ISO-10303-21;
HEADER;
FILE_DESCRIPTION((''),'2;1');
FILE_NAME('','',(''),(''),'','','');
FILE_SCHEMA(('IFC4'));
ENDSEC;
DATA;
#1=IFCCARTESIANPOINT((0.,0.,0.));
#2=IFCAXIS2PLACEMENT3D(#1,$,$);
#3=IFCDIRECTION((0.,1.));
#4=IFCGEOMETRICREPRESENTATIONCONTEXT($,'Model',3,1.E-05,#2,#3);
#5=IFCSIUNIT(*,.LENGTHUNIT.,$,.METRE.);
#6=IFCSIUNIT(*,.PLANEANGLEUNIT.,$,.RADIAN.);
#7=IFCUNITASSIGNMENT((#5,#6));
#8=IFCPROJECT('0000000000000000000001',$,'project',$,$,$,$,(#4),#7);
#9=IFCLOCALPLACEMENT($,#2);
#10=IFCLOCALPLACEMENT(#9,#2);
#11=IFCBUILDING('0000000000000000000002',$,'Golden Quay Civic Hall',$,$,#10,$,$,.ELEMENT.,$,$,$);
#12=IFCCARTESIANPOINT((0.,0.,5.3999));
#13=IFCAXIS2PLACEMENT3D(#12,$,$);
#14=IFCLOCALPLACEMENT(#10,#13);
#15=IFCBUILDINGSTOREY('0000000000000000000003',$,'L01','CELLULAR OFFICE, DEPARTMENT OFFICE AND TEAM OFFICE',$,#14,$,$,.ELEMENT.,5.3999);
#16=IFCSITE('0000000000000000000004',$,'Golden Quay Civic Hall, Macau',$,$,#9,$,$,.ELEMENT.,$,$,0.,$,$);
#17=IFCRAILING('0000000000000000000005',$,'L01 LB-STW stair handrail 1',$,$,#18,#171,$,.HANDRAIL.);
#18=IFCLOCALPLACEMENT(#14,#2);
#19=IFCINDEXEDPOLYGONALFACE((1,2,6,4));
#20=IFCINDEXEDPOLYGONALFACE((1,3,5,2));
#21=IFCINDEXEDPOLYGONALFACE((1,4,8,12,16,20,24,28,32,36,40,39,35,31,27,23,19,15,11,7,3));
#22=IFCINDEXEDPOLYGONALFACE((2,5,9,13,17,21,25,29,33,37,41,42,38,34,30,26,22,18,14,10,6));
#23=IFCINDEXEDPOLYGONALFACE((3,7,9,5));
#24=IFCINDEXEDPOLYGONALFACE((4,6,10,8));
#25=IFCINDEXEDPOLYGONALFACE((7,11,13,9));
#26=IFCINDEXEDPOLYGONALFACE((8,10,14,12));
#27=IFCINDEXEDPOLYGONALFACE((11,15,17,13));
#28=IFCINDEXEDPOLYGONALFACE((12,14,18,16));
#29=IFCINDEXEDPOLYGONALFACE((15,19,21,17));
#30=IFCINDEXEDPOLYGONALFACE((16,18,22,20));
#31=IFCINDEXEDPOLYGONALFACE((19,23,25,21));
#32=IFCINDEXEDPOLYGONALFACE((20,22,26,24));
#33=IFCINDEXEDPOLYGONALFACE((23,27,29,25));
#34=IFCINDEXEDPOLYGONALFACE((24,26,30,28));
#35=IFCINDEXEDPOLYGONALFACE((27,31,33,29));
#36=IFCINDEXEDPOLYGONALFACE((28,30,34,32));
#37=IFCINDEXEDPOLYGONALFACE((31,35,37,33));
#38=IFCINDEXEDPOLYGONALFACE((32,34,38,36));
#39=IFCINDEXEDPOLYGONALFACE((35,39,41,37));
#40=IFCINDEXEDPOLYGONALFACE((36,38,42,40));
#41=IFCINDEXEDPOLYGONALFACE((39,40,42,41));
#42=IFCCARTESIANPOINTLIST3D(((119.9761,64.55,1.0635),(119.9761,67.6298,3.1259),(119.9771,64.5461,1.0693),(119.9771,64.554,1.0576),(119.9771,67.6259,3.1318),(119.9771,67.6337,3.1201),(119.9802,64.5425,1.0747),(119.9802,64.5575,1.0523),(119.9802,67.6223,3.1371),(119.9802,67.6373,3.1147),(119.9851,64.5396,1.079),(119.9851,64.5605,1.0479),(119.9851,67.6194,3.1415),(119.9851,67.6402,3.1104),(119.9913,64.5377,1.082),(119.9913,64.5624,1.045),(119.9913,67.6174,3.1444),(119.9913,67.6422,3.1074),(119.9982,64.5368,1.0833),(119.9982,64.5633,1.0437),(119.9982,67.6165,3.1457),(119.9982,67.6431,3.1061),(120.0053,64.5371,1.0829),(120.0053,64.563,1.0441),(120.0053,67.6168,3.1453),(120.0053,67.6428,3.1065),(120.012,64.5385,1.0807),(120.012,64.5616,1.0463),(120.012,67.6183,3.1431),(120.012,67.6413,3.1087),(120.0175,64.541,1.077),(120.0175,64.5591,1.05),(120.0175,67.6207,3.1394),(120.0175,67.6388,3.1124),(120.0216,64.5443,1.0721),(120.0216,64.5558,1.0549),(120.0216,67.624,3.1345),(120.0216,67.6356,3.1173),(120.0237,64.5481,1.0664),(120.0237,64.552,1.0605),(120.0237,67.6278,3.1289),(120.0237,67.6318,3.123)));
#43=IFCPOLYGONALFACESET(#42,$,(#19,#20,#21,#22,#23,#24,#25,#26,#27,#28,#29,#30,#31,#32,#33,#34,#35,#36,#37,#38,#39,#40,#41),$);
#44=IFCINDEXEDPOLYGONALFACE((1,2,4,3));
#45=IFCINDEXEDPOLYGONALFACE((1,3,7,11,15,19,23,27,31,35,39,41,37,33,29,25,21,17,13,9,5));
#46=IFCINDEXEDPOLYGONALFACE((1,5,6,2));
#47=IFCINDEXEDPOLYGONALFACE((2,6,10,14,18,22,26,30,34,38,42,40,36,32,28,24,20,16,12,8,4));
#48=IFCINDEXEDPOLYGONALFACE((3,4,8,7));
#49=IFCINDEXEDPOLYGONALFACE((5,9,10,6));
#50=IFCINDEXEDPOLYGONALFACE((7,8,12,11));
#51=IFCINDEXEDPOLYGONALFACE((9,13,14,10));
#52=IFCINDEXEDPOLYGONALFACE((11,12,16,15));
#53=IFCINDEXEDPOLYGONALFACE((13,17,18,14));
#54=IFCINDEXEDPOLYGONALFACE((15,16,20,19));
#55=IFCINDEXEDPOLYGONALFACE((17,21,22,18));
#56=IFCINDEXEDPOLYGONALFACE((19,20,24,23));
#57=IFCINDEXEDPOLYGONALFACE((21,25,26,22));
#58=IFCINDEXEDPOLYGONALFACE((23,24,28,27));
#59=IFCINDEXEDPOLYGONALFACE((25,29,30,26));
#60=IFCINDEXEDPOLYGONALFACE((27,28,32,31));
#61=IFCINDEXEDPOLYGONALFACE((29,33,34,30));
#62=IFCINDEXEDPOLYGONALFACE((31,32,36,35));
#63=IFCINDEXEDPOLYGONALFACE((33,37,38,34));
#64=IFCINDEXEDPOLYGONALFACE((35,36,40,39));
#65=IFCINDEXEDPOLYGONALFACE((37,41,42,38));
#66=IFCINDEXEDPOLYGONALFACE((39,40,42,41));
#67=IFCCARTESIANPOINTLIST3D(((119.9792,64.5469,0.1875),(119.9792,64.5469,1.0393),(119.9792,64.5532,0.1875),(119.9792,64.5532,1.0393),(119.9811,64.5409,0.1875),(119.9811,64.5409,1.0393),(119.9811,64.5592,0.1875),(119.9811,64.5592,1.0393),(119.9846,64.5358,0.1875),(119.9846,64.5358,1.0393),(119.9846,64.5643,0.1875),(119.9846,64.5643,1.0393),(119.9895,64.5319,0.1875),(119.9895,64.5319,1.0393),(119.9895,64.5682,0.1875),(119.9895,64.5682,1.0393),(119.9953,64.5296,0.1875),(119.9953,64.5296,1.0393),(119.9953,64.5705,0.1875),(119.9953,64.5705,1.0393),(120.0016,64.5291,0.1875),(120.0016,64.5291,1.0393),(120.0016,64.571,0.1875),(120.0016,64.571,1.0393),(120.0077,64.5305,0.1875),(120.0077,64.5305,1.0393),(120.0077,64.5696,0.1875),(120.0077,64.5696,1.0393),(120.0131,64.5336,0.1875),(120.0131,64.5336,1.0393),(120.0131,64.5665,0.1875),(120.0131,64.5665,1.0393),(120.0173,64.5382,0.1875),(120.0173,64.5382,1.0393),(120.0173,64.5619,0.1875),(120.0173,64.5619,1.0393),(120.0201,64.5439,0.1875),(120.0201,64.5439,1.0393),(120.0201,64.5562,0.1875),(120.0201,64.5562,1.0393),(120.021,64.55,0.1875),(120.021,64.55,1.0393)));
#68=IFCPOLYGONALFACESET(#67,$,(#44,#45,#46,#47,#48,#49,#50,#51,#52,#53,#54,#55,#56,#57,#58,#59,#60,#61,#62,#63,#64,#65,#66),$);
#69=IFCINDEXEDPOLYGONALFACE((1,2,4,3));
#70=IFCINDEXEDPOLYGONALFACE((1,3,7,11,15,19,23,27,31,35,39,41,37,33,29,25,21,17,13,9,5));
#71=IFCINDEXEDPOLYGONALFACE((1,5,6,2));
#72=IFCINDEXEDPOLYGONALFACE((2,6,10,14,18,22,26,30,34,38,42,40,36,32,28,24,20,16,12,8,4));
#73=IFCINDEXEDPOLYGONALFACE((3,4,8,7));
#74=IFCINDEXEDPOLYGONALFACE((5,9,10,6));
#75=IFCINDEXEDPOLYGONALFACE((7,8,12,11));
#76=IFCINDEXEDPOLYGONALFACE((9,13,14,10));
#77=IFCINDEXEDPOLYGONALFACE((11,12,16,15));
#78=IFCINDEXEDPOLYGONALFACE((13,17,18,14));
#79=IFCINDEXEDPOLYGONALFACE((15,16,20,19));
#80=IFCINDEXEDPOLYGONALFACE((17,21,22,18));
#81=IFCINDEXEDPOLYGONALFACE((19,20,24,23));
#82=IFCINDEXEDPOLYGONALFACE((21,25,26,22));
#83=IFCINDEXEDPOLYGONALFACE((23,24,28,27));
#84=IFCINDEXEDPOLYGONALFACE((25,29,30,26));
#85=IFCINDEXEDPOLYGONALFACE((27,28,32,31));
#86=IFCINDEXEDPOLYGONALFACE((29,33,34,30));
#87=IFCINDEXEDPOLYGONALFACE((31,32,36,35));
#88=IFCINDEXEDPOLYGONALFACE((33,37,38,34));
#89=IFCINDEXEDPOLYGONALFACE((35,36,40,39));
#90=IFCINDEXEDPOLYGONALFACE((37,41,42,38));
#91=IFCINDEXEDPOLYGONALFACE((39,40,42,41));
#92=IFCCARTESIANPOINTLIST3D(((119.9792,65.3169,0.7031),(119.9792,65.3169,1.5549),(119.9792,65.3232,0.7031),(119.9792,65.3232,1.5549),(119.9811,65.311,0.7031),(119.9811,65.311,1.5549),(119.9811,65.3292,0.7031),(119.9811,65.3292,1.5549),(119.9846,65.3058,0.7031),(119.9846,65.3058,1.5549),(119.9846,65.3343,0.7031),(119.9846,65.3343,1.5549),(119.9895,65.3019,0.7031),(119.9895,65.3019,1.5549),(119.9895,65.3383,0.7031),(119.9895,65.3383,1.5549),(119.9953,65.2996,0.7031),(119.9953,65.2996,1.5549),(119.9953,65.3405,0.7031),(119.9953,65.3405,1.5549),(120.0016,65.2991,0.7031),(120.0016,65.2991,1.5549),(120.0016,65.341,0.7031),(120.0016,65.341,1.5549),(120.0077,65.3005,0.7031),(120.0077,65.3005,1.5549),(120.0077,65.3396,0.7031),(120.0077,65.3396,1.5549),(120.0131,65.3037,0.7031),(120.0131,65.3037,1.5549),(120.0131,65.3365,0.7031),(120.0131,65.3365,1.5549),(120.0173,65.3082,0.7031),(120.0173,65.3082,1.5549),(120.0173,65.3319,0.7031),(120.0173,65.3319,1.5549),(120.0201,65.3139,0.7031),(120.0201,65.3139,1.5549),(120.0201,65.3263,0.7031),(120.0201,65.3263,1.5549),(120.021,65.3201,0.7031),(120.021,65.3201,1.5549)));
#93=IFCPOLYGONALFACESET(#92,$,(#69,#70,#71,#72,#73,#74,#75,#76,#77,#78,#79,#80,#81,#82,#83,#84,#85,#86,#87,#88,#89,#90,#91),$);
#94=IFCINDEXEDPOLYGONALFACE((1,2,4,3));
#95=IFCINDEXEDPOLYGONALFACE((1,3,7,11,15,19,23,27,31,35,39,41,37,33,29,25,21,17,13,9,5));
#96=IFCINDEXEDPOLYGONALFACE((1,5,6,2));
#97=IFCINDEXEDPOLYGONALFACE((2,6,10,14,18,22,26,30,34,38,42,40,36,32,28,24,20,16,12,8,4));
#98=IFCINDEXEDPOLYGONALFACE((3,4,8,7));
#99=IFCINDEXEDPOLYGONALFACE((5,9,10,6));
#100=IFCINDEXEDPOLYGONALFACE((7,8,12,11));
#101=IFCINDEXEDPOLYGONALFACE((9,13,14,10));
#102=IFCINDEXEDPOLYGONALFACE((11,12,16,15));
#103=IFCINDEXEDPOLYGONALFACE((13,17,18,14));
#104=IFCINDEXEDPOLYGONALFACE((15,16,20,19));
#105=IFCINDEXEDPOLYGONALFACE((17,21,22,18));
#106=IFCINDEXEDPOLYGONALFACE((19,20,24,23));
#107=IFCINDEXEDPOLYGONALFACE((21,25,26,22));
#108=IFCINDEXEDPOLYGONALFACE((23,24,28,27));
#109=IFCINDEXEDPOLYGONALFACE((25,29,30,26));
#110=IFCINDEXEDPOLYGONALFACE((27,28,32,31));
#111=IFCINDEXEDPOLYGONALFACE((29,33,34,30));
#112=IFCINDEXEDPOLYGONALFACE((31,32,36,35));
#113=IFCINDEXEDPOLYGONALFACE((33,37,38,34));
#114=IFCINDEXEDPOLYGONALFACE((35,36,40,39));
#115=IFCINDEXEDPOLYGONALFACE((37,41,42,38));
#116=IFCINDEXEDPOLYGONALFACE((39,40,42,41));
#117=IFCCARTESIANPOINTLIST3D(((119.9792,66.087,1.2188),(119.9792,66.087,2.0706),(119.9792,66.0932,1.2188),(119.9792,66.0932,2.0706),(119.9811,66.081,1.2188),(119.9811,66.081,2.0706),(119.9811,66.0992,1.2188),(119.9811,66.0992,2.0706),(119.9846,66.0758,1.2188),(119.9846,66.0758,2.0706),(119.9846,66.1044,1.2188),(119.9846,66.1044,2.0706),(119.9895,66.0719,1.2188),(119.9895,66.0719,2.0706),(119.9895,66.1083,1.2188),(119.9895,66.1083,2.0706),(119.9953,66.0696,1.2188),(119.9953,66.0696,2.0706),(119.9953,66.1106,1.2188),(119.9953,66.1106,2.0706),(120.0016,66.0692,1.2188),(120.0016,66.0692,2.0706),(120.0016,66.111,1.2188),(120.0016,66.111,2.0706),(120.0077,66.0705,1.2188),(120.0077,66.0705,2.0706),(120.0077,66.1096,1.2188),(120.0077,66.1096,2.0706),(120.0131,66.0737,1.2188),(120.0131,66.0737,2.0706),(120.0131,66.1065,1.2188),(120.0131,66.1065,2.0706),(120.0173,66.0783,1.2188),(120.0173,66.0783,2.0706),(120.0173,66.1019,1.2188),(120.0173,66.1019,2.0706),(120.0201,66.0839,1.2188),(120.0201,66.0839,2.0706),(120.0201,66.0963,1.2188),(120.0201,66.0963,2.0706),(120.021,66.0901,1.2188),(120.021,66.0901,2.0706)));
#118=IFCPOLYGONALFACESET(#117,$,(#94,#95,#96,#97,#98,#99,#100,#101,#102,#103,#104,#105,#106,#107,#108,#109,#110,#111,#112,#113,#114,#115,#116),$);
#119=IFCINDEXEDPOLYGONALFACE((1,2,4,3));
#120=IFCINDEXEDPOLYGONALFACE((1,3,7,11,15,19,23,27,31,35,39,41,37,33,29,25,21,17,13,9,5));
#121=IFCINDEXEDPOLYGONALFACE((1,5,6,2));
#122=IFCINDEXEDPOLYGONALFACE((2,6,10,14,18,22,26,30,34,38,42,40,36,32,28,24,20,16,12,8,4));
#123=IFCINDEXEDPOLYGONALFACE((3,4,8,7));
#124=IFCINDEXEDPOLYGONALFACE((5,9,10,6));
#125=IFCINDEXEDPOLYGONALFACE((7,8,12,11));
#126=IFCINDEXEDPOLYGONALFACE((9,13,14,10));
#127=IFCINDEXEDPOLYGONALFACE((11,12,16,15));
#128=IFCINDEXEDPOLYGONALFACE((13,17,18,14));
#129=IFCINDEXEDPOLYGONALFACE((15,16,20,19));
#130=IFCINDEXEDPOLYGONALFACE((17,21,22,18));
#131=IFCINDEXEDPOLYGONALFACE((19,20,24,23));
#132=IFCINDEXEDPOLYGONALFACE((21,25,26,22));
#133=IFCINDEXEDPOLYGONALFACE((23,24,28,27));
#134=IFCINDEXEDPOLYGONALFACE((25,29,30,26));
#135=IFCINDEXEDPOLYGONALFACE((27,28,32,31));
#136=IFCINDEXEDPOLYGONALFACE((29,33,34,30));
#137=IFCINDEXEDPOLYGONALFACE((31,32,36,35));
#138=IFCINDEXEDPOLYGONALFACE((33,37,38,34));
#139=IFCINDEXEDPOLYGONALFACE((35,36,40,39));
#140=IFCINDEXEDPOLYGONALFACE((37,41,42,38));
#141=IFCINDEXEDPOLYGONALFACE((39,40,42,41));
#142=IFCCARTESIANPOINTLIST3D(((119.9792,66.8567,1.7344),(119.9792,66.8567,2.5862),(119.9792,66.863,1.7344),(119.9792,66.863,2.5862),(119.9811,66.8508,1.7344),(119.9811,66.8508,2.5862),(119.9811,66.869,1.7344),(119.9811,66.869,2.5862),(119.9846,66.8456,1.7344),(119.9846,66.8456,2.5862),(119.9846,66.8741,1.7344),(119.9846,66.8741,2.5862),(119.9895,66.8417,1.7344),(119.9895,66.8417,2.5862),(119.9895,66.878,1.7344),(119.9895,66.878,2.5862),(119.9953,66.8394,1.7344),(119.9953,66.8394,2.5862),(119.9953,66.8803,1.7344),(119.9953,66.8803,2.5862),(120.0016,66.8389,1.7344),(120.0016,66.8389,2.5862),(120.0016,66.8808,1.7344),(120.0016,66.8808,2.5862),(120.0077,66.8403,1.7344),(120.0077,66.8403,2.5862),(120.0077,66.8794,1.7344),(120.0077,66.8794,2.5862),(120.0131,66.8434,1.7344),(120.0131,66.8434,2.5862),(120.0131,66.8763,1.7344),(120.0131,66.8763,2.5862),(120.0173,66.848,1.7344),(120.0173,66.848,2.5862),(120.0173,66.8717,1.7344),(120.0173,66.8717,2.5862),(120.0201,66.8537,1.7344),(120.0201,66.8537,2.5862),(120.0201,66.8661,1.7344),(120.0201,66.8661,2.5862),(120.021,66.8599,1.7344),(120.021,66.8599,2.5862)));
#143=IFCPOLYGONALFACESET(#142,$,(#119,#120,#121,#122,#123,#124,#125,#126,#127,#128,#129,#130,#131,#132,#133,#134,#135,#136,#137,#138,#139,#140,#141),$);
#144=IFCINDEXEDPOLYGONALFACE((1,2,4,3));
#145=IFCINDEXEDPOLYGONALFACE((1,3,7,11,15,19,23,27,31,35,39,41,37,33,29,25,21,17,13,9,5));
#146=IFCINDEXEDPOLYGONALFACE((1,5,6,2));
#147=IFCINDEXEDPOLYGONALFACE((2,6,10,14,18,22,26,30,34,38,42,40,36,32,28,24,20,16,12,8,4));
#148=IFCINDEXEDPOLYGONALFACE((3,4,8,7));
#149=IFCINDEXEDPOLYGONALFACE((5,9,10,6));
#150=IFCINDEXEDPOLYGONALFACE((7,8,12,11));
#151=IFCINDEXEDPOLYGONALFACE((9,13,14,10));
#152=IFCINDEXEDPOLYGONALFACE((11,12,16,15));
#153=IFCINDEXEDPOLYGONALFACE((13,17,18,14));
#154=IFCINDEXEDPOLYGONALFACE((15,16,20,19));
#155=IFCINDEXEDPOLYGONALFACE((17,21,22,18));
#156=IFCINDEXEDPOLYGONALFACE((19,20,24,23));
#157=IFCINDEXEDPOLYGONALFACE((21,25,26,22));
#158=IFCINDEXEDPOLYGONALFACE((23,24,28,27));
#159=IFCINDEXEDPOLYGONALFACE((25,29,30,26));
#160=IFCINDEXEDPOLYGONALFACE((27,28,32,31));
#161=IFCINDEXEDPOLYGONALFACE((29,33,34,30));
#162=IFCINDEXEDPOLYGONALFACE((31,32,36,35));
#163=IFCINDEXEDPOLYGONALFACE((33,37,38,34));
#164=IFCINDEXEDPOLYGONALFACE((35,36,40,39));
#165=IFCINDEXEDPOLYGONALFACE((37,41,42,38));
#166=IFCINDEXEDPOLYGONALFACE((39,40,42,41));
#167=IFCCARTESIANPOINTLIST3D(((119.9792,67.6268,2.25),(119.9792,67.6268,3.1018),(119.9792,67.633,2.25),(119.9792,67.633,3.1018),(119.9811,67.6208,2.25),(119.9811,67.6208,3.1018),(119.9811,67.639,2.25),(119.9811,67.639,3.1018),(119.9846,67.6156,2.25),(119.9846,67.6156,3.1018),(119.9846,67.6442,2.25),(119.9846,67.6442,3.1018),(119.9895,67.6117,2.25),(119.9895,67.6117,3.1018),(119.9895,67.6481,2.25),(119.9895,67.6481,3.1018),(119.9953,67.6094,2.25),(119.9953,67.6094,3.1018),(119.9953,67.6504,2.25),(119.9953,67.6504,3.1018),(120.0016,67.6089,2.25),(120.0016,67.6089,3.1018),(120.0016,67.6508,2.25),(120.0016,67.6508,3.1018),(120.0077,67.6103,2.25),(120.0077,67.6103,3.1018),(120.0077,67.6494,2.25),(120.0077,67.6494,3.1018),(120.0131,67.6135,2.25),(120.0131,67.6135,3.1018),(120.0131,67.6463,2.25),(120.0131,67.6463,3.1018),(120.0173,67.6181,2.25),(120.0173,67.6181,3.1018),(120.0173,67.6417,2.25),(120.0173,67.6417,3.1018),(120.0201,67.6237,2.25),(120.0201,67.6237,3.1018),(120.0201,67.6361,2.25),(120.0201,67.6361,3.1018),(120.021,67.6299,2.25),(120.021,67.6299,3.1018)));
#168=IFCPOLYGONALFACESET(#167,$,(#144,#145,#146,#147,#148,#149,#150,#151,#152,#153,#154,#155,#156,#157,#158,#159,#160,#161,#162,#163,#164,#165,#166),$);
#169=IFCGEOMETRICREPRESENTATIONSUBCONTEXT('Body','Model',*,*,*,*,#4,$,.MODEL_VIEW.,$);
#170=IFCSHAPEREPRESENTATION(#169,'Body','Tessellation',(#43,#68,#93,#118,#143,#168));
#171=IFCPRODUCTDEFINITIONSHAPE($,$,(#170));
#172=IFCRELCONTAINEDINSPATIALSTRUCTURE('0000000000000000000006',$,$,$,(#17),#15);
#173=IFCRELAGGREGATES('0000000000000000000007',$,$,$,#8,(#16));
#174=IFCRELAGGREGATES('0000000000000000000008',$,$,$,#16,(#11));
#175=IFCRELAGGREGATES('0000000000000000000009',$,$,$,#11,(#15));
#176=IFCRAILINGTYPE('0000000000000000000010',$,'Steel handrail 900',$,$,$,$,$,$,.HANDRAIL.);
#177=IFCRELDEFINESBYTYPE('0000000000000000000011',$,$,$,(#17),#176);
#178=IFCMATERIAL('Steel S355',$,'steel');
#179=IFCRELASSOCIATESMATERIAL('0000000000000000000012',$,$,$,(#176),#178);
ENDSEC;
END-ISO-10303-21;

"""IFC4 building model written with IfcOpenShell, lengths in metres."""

from ifc_helpers import new_model, si_unit, direction, frame, origin, origin_2d, place, context, subcontext, project, spatial, circle, extrude, material, type_object, element, save


model = new_model("IFC4")

# Units and contexts
model_context = context("Model", 3, precision=1e-05, world=origin(), true_north=direction((0.0, 1.0)))
body_context = subcontext(model_context, "Body", "Model", "MODEL_VIEW")
ifc_project = project(units=[si_unit("LENGTHUNIT", "METRE"), si_unit("PLANEANGLEUNIT", "RADIAN")], contexts=[model_context])

# Site, building, storey
site_placement = place(None, origin())
site = spatial("IfcSite", under=ifc_project, at=site_placement, Name="Golden Quay Civic Hall, Macau", CompositionType="ELEMENT", RefElevation=0.0)
building_placement = place(site_placement, origin())
building = spatial("IfcBuilding", under=site, at=building_placement, Name="Golden Quay Civic Hall", CompositionType="ELEMENT")
storey_placement = place(building_placement, frame((0.0, 0.0, 5.3999)))
storey = spatial("IfcBuildingStorey", under=building, at=storey_placement, Name="L01", Description="CELLULAR OFFICE, DEPARTMENT OFFICE AND TEAM OFFICE", CompositionType="ELEMENT", Elevation=5.3999)

# Railing
ifc_material_1 = material(Name="Steel S355", Category="steel")
railing_type_1 = type_object("IfcRailingType", Name="Steel handrail 900", PredefinedType="HANDRAIL", material=ifc_material_1)
railing_1_placement = place(storey_placement, frame((120.0, 64.55, 0.1875)))
element("IfcRailing", 1, at=railing_1_placement, inside=storey, type_object=railing_type_1, Name="L01 LB-STW stair handrail 1", PredefinedType="HANDRAIL", context=body_context, shape_type="SweptSolid", body=[
    extrude(circle(Radius=0.0239, at=origin_2d()), frame((0.0, 0.0, 0.876), z_axis=(0.0, 0.830893, 0.556432), x_axis=(-1.0, 0.0, 0.0)), (0.0, 0.0, 1.0), 3.7065),
    extrude(circle(Radius=0.021, at=origin_2d()), origin(), (0.0, 0.0, 1.0), 0.8518),
    extrude(circle(Radius=0.021, at=origin_2d()), frame((0.0, 0.77, 0.5156)), (0.0, 0.0, 1.0), 0.8518),
    extrude(circle(Radius=0.021, at=origin_2d()), frame((0.0, 1.54, 1.0312)), (0.0, 0.0, 1.0), 0.8518),
    extrude(circle(Radius=0.021, at=origin_2d()), frame((0.0, 2.3098, 1.5469)), (0.0, 0.0, 1.0), 0.8518),
    extrude(circle(Radius=0.021, at=origin_2d()), frame((0.0, 3.0798, 2.0625)), (0.0, 0.0, 1.0), 0.8518),
])

save(model, "model.ifc")
